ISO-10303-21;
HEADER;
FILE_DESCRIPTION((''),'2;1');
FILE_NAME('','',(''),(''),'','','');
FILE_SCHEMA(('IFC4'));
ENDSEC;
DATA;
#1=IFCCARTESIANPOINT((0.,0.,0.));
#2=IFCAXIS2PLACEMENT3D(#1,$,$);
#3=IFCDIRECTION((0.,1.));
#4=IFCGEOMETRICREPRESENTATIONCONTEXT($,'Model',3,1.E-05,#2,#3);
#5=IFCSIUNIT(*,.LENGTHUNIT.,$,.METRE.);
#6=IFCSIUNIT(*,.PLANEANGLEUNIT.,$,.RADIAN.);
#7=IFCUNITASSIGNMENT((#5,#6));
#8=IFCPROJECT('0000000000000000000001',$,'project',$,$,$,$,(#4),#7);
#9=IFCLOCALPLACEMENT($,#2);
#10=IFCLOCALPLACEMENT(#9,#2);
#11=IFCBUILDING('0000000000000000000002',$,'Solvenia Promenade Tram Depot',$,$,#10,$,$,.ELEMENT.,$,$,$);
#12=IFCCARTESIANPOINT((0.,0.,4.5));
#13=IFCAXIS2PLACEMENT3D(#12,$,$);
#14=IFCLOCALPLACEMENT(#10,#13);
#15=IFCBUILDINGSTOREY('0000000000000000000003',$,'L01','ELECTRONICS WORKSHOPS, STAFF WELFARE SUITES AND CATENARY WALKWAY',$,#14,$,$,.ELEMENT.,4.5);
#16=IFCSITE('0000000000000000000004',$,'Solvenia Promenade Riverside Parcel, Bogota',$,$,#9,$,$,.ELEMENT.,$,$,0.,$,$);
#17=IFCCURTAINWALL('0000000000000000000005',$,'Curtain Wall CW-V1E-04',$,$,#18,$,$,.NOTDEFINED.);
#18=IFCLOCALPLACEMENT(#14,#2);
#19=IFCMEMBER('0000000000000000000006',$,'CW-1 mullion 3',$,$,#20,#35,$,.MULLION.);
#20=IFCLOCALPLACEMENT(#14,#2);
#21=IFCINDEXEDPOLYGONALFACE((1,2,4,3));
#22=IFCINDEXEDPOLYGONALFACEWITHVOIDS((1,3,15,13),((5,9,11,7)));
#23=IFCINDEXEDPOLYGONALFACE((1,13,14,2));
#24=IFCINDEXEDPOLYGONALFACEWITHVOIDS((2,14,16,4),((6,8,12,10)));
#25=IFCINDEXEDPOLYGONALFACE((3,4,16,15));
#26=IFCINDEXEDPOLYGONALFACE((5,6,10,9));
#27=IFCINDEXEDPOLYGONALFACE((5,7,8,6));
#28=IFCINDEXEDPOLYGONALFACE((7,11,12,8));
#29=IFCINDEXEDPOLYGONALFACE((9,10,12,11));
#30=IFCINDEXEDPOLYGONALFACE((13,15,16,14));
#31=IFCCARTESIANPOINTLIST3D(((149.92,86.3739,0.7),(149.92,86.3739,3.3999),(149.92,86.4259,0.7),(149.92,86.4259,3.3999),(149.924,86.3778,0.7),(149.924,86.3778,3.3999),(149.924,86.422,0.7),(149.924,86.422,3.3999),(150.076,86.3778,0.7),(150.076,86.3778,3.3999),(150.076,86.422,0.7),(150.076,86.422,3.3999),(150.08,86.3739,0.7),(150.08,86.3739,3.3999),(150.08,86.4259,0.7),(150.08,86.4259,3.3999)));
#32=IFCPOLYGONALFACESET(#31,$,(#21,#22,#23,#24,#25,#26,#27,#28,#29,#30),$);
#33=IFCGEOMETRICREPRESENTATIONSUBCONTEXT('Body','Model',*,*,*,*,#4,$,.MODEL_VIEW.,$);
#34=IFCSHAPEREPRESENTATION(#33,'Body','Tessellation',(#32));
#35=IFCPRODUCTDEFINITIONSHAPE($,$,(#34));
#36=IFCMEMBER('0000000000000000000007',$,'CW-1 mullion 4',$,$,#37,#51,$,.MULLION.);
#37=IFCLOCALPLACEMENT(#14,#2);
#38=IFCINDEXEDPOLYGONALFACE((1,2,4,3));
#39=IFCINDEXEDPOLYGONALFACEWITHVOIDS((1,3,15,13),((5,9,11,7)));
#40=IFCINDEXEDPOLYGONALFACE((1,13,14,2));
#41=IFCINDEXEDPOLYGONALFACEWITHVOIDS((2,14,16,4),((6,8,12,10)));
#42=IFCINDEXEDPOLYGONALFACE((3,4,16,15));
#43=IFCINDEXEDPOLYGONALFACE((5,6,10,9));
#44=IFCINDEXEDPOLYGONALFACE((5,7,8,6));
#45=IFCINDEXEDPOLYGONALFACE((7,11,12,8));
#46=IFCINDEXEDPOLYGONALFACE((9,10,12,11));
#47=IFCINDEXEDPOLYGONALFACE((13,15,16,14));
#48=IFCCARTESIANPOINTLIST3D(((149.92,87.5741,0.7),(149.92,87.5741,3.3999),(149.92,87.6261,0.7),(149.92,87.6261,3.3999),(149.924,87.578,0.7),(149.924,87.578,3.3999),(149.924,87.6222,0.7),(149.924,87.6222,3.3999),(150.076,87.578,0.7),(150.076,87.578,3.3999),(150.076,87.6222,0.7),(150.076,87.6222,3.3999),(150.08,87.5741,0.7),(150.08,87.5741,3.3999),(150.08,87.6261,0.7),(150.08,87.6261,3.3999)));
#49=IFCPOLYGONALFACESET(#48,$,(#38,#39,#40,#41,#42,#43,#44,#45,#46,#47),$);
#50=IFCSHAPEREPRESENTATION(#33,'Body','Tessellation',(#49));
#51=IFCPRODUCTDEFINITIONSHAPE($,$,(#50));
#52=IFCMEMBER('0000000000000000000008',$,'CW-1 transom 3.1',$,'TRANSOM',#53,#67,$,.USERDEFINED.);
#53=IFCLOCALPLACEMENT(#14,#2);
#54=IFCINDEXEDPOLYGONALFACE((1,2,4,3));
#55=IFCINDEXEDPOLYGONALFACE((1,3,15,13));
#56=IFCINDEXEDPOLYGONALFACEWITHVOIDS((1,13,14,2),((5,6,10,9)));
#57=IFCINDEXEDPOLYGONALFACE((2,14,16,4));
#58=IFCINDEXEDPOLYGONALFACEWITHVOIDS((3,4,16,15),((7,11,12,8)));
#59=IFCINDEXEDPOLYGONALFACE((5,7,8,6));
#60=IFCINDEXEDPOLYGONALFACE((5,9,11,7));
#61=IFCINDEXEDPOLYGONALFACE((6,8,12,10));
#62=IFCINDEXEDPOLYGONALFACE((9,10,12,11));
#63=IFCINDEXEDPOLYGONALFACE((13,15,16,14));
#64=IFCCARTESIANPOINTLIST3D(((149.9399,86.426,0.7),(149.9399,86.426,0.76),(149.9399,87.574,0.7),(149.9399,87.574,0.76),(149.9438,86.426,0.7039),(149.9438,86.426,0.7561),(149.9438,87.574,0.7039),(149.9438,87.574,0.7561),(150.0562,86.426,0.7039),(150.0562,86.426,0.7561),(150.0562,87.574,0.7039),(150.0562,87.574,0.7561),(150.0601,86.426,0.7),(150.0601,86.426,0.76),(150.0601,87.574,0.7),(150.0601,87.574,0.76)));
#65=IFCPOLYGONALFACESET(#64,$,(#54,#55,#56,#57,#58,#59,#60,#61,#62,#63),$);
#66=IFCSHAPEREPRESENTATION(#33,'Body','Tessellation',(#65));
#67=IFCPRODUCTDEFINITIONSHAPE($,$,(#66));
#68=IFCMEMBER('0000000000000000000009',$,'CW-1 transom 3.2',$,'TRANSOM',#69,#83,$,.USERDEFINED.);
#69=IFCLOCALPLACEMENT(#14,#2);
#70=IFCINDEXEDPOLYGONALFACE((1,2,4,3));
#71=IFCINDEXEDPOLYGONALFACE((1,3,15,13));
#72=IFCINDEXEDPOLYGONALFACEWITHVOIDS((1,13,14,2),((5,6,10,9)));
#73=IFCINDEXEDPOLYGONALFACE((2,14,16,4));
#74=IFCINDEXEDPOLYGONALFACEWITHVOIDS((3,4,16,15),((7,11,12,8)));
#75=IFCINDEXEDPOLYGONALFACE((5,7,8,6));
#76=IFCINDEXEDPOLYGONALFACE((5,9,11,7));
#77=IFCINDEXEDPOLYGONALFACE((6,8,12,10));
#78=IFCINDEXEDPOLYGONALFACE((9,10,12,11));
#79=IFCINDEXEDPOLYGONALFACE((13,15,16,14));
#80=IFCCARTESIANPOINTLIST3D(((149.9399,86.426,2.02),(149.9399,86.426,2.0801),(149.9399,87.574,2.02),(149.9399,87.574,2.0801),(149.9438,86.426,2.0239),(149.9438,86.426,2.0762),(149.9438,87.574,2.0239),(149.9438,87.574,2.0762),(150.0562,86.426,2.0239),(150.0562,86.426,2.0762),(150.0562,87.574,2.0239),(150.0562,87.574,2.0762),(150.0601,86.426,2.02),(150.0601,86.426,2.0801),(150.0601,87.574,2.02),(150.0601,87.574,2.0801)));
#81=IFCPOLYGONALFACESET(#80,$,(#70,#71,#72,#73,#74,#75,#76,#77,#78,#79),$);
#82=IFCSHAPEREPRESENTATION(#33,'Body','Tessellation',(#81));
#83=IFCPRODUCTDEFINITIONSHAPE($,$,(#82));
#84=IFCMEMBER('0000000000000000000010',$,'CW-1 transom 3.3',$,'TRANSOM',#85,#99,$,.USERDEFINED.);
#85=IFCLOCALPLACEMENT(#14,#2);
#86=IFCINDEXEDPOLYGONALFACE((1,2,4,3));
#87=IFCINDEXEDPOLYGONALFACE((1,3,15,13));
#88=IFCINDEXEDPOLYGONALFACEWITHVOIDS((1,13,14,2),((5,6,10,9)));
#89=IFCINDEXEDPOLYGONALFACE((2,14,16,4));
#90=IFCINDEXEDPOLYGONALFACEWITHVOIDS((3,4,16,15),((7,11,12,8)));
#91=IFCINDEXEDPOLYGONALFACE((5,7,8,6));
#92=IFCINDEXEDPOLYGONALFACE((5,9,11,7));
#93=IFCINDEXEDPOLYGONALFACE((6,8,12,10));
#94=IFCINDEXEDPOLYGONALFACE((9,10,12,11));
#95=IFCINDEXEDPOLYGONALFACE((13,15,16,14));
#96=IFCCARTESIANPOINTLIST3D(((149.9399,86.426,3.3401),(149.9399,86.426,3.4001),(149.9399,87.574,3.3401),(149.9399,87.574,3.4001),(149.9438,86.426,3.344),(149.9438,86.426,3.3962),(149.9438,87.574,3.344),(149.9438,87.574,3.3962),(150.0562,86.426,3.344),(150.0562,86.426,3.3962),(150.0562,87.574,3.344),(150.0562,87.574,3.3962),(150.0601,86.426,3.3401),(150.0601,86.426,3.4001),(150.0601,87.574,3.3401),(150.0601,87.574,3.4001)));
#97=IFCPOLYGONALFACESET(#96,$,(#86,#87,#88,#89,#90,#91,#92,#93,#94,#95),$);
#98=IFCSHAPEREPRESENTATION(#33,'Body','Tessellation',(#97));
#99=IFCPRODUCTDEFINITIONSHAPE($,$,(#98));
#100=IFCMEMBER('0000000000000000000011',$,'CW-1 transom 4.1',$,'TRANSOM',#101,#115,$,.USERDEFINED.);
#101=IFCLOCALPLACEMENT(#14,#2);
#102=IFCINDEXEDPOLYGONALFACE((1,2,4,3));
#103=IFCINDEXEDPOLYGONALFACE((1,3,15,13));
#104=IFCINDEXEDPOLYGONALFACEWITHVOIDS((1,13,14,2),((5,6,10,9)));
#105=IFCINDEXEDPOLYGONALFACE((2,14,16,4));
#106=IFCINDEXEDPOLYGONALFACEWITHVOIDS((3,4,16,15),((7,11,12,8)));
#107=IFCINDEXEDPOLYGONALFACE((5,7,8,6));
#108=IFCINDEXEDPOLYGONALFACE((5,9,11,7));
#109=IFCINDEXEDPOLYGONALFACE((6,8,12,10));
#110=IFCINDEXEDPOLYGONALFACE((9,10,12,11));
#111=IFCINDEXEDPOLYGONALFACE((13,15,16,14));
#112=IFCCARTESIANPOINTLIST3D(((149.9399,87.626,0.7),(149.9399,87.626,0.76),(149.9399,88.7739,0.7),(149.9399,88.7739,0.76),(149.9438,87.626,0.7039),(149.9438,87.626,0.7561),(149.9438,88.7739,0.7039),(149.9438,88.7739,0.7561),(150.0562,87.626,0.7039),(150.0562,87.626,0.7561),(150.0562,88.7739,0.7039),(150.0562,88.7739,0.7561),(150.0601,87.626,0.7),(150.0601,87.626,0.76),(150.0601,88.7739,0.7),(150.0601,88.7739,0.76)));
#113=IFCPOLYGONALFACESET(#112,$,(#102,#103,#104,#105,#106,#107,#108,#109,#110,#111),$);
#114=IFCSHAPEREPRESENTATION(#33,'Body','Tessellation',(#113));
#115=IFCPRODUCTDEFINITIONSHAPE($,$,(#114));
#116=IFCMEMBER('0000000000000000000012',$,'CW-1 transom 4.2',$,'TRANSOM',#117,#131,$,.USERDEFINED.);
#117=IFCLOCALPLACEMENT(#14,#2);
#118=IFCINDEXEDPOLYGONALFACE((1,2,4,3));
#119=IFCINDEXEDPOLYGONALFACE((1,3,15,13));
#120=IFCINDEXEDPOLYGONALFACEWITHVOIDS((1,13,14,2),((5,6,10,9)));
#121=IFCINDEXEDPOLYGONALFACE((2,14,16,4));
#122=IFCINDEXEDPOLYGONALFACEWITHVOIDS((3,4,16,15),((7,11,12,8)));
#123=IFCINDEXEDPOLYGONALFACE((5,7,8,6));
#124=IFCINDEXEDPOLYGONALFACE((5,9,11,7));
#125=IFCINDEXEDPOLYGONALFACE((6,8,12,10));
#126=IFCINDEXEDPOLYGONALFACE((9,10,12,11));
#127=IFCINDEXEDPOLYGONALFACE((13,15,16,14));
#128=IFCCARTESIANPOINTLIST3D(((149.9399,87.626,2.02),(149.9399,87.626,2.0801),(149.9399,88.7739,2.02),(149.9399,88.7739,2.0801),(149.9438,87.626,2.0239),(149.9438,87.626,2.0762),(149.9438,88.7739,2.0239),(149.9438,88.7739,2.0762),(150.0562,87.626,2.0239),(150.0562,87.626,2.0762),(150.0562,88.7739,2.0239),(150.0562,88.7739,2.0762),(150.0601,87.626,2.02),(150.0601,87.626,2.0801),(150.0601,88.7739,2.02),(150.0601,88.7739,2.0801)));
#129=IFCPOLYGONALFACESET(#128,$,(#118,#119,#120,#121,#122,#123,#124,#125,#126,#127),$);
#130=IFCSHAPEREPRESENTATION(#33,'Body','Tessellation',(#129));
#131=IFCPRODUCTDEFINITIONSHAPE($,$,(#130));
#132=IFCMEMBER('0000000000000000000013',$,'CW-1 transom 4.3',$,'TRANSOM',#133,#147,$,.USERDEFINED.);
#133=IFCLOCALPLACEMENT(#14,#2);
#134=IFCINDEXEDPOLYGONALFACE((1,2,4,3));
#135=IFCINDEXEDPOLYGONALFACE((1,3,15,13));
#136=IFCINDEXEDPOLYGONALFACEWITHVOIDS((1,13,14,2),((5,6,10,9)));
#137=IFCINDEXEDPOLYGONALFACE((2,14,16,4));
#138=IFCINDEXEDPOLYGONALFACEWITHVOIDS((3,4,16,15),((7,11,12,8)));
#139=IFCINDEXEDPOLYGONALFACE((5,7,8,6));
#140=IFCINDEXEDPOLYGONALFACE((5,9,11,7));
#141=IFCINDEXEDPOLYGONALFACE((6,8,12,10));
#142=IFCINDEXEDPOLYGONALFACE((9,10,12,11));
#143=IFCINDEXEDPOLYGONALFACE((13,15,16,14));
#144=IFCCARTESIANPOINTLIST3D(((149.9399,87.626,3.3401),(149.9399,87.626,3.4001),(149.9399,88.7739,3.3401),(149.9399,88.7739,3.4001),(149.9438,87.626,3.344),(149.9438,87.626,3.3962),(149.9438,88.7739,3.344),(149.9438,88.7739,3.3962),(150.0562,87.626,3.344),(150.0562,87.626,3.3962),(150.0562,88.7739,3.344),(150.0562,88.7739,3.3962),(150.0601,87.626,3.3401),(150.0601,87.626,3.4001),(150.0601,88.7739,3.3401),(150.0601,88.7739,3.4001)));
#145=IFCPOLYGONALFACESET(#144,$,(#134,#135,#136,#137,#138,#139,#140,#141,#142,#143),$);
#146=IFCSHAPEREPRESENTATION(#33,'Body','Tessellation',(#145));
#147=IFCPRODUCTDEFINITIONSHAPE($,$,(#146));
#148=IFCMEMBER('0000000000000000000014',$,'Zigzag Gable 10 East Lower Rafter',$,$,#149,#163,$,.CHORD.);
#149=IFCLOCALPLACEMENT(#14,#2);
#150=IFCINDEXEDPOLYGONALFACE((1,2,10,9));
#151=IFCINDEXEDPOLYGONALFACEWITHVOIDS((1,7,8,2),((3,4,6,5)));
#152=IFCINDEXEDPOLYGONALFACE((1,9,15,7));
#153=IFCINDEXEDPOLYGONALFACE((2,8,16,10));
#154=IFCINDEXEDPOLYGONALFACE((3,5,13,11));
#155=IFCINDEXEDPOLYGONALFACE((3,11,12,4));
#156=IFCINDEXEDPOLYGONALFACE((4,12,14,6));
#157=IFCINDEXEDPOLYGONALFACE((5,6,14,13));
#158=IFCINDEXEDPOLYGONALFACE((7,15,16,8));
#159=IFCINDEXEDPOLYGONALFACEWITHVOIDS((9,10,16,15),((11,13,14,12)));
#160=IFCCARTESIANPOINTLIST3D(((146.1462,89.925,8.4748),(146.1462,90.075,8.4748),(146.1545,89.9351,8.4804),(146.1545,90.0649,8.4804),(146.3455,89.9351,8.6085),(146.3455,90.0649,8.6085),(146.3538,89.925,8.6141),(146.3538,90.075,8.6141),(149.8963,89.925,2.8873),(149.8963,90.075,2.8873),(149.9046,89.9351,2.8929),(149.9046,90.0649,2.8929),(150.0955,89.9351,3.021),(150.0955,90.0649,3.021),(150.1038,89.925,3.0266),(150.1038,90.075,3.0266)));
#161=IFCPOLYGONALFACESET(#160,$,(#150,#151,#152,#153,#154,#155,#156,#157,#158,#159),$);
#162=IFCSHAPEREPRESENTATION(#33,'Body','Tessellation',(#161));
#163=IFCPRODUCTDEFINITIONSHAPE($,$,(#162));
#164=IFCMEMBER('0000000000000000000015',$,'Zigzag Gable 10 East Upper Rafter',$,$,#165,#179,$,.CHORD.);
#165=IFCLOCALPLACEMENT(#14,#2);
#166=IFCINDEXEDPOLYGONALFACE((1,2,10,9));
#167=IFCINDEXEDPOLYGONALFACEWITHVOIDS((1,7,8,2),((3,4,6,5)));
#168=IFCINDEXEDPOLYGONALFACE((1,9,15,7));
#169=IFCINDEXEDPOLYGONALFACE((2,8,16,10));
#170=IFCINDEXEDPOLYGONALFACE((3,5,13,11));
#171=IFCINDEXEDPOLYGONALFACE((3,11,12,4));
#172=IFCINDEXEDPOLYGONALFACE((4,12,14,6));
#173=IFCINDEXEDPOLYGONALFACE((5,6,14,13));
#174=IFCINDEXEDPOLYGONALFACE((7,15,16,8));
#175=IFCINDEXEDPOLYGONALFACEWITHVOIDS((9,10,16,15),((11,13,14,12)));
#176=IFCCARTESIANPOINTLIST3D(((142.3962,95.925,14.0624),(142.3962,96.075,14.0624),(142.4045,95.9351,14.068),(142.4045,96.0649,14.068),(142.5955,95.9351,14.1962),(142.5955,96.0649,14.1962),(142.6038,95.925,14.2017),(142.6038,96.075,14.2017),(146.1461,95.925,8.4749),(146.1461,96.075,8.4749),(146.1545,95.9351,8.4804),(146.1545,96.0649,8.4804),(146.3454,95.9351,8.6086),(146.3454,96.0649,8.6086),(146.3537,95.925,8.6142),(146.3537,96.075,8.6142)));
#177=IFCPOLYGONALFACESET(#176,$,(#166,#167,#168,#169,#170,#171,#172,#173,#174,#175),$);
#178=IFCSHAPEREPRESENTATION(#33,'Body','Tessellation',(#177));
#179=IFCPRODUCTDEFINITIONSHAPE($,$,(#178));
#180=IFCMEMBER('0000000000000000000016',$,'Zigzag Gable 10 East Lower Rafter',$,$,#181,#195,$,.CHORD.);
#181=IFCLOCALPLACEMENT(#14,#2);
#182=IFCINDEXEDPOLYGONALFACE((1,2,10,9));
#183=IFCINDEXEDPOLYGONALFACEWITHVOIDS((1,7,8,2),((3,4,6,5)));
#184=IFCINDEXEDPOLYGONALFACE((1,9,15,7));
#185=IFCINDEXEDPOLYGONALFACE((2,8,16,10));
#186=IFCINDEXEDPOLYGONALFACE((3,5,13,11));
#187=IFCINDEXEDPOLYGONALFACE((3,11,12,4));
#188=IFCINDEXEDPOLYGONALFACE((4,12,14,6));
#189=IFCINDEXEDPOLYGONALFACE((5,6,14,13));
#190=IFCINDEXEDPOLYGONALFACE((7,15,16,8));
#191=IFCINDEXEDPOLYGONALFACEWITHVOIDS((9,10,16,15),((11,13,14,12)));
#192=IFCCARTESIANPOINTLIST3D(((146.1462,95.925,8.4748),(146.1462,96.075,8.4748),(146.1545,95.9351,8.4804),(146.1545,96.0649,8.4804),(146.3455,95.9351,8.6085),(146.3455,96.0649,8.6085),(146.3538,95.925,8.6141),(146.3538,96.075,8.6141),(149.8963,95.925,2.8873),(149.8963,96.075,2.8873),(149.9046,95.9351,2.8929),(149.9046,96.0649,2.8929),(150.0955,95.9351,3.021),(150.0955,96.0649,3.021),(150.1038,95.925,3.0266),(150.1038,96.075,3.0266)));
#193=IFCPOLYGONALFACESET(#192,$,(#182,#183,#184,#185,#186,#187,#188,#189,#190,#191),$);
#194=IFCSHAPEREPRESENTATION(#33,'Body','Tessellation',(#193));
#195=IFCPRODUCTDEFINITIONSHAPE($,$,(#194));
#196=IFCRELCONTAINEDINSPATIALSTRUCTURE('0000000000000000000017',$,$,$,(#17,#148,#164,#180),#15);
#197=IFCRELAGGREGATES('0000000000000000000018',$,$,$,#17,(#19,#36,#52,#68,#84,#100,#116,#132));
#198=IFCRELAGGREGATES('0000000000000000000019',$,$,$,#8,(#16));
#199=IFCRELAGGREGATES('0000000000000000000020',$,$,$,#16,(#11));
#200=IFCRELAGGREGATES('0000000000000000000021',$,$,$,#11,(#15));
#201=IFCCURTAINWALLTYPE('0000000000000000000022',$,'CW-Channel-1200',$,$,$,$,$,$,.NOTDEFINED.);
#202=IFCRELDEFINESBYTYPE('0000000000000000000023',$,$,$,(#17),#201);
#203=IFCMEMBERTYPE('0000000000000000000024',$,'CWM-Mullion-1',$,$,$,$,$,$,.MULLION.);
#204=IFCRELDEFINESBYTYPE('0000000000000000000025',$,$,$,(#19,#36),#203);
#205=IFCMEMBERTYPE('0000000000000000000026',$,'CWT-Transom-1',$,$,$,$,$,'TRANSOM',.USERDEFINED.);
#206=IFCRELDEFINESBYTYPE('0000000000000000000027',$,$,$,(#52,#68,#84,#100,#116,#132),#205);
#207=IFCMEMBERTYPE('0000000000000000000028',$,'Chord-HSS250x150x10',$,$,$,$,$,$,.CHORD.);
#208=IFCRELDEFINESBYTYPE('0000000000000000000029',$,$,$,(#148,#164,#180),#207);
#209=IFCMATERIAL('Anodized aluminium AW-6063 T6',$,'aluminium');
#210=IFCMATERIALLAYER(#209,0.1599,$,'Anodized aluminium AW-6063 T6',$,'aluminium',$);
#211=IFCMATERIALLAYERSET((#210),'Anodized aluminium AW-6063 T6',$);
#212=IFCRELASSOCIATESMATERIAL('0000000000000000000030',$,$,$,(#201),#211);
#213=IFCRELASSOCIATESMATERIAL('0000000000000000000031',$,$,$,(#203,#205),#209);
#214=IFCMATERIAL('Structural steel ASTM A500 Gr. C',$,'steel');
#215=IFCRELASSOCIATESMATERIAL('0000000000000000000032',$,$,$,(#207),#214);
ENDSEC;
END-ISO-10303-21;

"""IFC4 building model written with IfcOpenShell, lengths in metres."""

from ifc_helpers import new_model, si_unit, direction, frame, origin, origin_2d, place, context, subcontext, project, spatial, hollow_rectangle, extrude, material, layer, layer_set, material_profile, profile_set, type_object, element, aggregate, save


model = new_model("IFC4")

# Units and contexts
model_context = context("Model", 3, precision=1e-05, world=origin(), true_north=direction((0.0, 1.0)))
body_context = subcontext(model_context, "Body", "Model", "MODEL_VIEW")
ifc_project = project(units=[si_unit("LENGTHUNIT", "METRE"), si_unit("PLANEANGLEUNIT", "RADIAN")], contexts=[model_context])

# Site, building, storey
site_placement = place(None, origin())
site = spatial("IfcSite", under=ifc_project, at=site_placement, Name="Solvenia Promenade Riverside Parcel, Bogota", CompositionType="ELEMENT", RefElevation=0.0)
building_placement = place(site_placement, origin())
building = spatial("IfcBuilding", under=site, at=building_placement, Name="Solvenia Promenade Tram Depot", CompositionType="ELEMENT")
storey_placement = place(building_placement, frame((0.0, 0.0, 4.5)))
storey = spatial("IfcBuildingStorey", under=building, at=storey_placement, Name="L01", Description="ELECTRONICS WORKSHOPS, STAFF WELFARE SUITES AND CATENARY WALKWAY", CompositionType="ELEMENT", Elevation=4.5)

# Curtain wall, members
ifc_material_1 = material(Name="Anodized aluminium AW-6063 T6", Category="aluminium")
ifc_layer_1 = layer(ifc_material_1, 0.1599, Name="Anodized aluminium AW-6063 T6", Category="aluminium")
ifc_layer_set_1 = layer_set([ifc_layer_1], Name="Anodized aluminium AW-6063 T6")
curtain_wall_type = type_object("IfcCurtainWallType", Name="CW-Channel-1200", PredefinedType="NOTDEFINED", material=ifc_layer_set_1)
curtain_wall_placement = place(storey_placement, origin())
curtain_wall = element("IfcCurtainWall", 1, at=curtain_wall_placement, inside=storey, type_object=curtain_wall_type, Name="Curtain Wall CW-V1E-04", PredefinedType="NOTDEFINED")
ifc_material_profile_1 = material_profile(ifc_material_1, hollow_rectangle(XDim=0.1599, YDim=0.052, WallThickness=0.0039, at=origin_2d()), Name="ALU-M1", Category="aluminium")
ifc_profile_set_1 = profile_set([ifc_material_profile_1], Name="Anodized aluminium AW-6063 T6")
member_type_1 = type_object("IfcMemberType", Name="CWM-Mullion-1", PredefinedType="MULLION", material=ifc_profile_set_1)
member_1_placement = place(storey_placement, frame((150.0, 86.3999, 0.7), z_axis=(0.0, 0.0, 1.0), x_axis=(-1.0, 0.0, 0.0)))
member_1 = element("IfcMember", 2, at=member_1_placement, type_object=member_type_1, Name="CW-1 mullion 3", PredefinedType="MULLION", context=body_context, shape_type="SweptSolid", body=[
    extrude(hollow_rectangle(XDim=0.1599, YDim=0.052, WallThickness=0.0039, at=origin_2d()), origin(), (0.0, 0.0, 1.0), 2.7),
])
member_2_placement = place(storey_placement, frame((150.0, 87.6001, 0.7), z_axis=(0.0, 0.0, 1.0), x_axis=(-1.0, 0.0, 0.0)))
member_2 = element("IfcMember", 3, at=member_2_placement, type_object=member_type_1, Name="CW-1 mullion 4", PredefinedType="MULLION", context=body_context, shape_type="SweptSolid", body=[
    extrude(hollow_rectangle(XDim=0.1599, YDim=0.052, WallThickness=0.0039, at=origin_2d()), origin(), (0.0, 0.0, 1.0), 2.7),
])
ifc_material_profile_2 = material_profile(ifc_material_1, hollow_rectangle(XDim=0.1201, YDim=0.0601, WallThickness=0.0039, at=origin_2d()), Name="ALU-T1", Category="aluminium")
ifc_profile_set_2 = profile_set([ifc_material_profile_2], Name="Anodized aluminium AW-6063 T6")
member_type_2 = type_object("IfcMemberType", Name="CWT-Transom-1", ElementType="TRANSOM", PredefinedType="USERDEFINED", material=ifc_profile_set_2)
member_3_placement = place(storey_placement, frame((150.0, 86.426, 0.73), z_axis=(0.0, 1.0, 0.0), x_axis=(-1.0, 0.0, 0.0)))
member_3 = element("IfcMember", 4, at=member_3_placement, type_object=member_type_2, Name="CW-1 transom 3.1", ObjectType="TRANSOM", PredefinedType="USERDEFINED", context=body_context, shape_type="SweptSolid", body=[
    extrude(hollow_rectangle(XDim=0.1201, YDim=0.0601, WallThickness=0.0039, at=origin_2d()), origin(), (0.0, 0.0, 1.0), 1.1479),
])
member_4_placement = place(storey_placement, frame((150.0, 86.426, 2.05), z_axis=(0.0, 1.0, 0.0), x_axis=(-1.0, 0.0, 0.0)))
member_4 = element("IfcMember", 5, at=member_4_placement, type_object=member_type_2, Name="CW-1 transom 3.2", ObjectType="TRANSOM", PredefinedType="USERDEFINED", context=body_context, shape_type="SweptSolid", body=[
    extrude(hollow_rectangle(XDim=0.1201, YDim=0.0601, WallThickness=0.0039, at=origin_2d()), origin(), (0.0, 0.0, 1.0), 1.1479),
])
member_5_placement = place(storey_placement, frame((150.0, 86.426, 3.3701), z_axis=(0.0, 1.0, 0.0), x_axis=(-1.0, 0.0, 0.0)))
member_5 = element("IfcMember", 6, at=member_5_placement, type_object=member_type_2, Name="CW-1 transom 3.3", ObjectType="TRANSOM", PredefinedType="USERDEFINED", context=body_context, shape_type="SweptSolid", body=[
    extrude(hollow_rectangle(XDim=0.1201, YDim=0.0601, WallThickness=0.0039, at=origin_2d()), origin(), (0.0, 0.0, 1.0), 1.1479),
])
member_6_placement = place(storey_placement, frame((150.0, 87.626, 0.73), z_axis=(0.0, 1.0, 0.0), x_axis=(-1.0, 0.0, 0.0)))
member_6 = element("IfcMember", 7, at=member_6_placement, type_object=member_type_2, Name="CW-1 transom 4.1", ObjectType="TRANSOM", PredefinedType="USERDEFINED", context=body_context, shape_type="SweptSolid", body=[
    extrude(hollow_rectangle(XDim=0.1201, YDim=0.0601, WallThickness=0.0039, at=origin_2d()), origin(), (0.0, 0.0, 1.0), 1.1479),
])
member_7_placement = place(storey_placement, frame((150.0, 87.626, 2.05), z_axis=(0.0, 1.0, 0.0), x_axis=(-1.0, 0.0, 0.0)))
member_7 = element("IfcMember", 8, at=member_7_placement, type_object=member_type_2, Name="CW-1 transom 4.2", ObjectType="TRANSOM", PredefinedType="USERDEFINED", context=body_context, shape_type="SweptSolid", body=[
    extrude(hollow_rectangle(XDim=0.1201, YDim=0.0601, WallThickness=0.0039, at=origin_2d()), origin(), (0.0, 0.0, 1.0), 1.1479),
])
member_8_placement = place(storey_placement, frame((150.0, 87.626, 3.3701), z_axis=(0.0, 1.0, 0.0), x_axis=(-1.0, 0.0, 0.0)))
member_8 = element("IfcMember", 9, at=member_8_placement, type_object=member_type_2, Name="CW-1 transom 4.3", ObjectType="TRANSOM", PredefinedType="USERDEFINED", context=body_context, shape_type="SweptSolid", body=[
    extrude(hollow_rectangle(XDim=0.1201, YDim=0.0601, WallThickness=0.0039, at=origin_2d()), origin(), (0.0, 0.0, 1.0), 1.1479),
])

# Members
ifc_material_2 = material(Name="Structural steel ASTM A500 Gr. C", Category="steel")
ifc_material_profile_3 = material_profile(ifc_material_2, hollow_rectangle(XDim=0.1499, YDim=0.25, WallThickness=0.01, at=origin_2d()), Name="HSS250x150x10", Category="steel")
ifc_profile_set_3 = profile_set([ifc_material_profile_3], Name="Structural steel ASTM A500 Gr. C")
member_type_3 = type_object("IfcMemberType", Name="Chord-HSS250x150x10", PredefinedType="CHORD", material=ifc_profile_set_3)
for number, where, z_axis, x_axis, name in (
    (10, (146.25, 90.0, 8.5444), (0.557276, 0.0, -0.830327), (0.0, 1.0, 0.0), "Zigzag Gable 10 East Lower Rafter"),
    (11, (142.5, 96.0, 14.1321), (0.557259, 0.0, -0.830338), (0.0, 1.0, 0.0), "Zigzag Gable 10 East Upper Rafter"),
    (12, (146.25, 96.0, 8.5444), (0.557276, 0.0, -0.830327), (0.0, 1.0, 0.0), "Zigzag Gable 10 East Lower Rafter"),
):
    element("IfcMember", number, at=place(storey_placement, frame(where, z_axis=z_axis, x_axis=x_axis)), inside=storey, type_object=member_type_3, Name=name, PredefinedType="CHORD", context=body_context, shape_type="SweptSolid", body=[
        extrude(hollow_rectangle(XDim=0.1499, YDim=0.25, WallThickness=0.01, at=origin_2d()), origin(), (0.0, 0.0, 1.0), 6.7292),
    ])

aggregate(curtain_wall, [member_1, member_2, member_3, member_4, member_5, member_6, member_7, member_8])

save(model, "model.ifc")
